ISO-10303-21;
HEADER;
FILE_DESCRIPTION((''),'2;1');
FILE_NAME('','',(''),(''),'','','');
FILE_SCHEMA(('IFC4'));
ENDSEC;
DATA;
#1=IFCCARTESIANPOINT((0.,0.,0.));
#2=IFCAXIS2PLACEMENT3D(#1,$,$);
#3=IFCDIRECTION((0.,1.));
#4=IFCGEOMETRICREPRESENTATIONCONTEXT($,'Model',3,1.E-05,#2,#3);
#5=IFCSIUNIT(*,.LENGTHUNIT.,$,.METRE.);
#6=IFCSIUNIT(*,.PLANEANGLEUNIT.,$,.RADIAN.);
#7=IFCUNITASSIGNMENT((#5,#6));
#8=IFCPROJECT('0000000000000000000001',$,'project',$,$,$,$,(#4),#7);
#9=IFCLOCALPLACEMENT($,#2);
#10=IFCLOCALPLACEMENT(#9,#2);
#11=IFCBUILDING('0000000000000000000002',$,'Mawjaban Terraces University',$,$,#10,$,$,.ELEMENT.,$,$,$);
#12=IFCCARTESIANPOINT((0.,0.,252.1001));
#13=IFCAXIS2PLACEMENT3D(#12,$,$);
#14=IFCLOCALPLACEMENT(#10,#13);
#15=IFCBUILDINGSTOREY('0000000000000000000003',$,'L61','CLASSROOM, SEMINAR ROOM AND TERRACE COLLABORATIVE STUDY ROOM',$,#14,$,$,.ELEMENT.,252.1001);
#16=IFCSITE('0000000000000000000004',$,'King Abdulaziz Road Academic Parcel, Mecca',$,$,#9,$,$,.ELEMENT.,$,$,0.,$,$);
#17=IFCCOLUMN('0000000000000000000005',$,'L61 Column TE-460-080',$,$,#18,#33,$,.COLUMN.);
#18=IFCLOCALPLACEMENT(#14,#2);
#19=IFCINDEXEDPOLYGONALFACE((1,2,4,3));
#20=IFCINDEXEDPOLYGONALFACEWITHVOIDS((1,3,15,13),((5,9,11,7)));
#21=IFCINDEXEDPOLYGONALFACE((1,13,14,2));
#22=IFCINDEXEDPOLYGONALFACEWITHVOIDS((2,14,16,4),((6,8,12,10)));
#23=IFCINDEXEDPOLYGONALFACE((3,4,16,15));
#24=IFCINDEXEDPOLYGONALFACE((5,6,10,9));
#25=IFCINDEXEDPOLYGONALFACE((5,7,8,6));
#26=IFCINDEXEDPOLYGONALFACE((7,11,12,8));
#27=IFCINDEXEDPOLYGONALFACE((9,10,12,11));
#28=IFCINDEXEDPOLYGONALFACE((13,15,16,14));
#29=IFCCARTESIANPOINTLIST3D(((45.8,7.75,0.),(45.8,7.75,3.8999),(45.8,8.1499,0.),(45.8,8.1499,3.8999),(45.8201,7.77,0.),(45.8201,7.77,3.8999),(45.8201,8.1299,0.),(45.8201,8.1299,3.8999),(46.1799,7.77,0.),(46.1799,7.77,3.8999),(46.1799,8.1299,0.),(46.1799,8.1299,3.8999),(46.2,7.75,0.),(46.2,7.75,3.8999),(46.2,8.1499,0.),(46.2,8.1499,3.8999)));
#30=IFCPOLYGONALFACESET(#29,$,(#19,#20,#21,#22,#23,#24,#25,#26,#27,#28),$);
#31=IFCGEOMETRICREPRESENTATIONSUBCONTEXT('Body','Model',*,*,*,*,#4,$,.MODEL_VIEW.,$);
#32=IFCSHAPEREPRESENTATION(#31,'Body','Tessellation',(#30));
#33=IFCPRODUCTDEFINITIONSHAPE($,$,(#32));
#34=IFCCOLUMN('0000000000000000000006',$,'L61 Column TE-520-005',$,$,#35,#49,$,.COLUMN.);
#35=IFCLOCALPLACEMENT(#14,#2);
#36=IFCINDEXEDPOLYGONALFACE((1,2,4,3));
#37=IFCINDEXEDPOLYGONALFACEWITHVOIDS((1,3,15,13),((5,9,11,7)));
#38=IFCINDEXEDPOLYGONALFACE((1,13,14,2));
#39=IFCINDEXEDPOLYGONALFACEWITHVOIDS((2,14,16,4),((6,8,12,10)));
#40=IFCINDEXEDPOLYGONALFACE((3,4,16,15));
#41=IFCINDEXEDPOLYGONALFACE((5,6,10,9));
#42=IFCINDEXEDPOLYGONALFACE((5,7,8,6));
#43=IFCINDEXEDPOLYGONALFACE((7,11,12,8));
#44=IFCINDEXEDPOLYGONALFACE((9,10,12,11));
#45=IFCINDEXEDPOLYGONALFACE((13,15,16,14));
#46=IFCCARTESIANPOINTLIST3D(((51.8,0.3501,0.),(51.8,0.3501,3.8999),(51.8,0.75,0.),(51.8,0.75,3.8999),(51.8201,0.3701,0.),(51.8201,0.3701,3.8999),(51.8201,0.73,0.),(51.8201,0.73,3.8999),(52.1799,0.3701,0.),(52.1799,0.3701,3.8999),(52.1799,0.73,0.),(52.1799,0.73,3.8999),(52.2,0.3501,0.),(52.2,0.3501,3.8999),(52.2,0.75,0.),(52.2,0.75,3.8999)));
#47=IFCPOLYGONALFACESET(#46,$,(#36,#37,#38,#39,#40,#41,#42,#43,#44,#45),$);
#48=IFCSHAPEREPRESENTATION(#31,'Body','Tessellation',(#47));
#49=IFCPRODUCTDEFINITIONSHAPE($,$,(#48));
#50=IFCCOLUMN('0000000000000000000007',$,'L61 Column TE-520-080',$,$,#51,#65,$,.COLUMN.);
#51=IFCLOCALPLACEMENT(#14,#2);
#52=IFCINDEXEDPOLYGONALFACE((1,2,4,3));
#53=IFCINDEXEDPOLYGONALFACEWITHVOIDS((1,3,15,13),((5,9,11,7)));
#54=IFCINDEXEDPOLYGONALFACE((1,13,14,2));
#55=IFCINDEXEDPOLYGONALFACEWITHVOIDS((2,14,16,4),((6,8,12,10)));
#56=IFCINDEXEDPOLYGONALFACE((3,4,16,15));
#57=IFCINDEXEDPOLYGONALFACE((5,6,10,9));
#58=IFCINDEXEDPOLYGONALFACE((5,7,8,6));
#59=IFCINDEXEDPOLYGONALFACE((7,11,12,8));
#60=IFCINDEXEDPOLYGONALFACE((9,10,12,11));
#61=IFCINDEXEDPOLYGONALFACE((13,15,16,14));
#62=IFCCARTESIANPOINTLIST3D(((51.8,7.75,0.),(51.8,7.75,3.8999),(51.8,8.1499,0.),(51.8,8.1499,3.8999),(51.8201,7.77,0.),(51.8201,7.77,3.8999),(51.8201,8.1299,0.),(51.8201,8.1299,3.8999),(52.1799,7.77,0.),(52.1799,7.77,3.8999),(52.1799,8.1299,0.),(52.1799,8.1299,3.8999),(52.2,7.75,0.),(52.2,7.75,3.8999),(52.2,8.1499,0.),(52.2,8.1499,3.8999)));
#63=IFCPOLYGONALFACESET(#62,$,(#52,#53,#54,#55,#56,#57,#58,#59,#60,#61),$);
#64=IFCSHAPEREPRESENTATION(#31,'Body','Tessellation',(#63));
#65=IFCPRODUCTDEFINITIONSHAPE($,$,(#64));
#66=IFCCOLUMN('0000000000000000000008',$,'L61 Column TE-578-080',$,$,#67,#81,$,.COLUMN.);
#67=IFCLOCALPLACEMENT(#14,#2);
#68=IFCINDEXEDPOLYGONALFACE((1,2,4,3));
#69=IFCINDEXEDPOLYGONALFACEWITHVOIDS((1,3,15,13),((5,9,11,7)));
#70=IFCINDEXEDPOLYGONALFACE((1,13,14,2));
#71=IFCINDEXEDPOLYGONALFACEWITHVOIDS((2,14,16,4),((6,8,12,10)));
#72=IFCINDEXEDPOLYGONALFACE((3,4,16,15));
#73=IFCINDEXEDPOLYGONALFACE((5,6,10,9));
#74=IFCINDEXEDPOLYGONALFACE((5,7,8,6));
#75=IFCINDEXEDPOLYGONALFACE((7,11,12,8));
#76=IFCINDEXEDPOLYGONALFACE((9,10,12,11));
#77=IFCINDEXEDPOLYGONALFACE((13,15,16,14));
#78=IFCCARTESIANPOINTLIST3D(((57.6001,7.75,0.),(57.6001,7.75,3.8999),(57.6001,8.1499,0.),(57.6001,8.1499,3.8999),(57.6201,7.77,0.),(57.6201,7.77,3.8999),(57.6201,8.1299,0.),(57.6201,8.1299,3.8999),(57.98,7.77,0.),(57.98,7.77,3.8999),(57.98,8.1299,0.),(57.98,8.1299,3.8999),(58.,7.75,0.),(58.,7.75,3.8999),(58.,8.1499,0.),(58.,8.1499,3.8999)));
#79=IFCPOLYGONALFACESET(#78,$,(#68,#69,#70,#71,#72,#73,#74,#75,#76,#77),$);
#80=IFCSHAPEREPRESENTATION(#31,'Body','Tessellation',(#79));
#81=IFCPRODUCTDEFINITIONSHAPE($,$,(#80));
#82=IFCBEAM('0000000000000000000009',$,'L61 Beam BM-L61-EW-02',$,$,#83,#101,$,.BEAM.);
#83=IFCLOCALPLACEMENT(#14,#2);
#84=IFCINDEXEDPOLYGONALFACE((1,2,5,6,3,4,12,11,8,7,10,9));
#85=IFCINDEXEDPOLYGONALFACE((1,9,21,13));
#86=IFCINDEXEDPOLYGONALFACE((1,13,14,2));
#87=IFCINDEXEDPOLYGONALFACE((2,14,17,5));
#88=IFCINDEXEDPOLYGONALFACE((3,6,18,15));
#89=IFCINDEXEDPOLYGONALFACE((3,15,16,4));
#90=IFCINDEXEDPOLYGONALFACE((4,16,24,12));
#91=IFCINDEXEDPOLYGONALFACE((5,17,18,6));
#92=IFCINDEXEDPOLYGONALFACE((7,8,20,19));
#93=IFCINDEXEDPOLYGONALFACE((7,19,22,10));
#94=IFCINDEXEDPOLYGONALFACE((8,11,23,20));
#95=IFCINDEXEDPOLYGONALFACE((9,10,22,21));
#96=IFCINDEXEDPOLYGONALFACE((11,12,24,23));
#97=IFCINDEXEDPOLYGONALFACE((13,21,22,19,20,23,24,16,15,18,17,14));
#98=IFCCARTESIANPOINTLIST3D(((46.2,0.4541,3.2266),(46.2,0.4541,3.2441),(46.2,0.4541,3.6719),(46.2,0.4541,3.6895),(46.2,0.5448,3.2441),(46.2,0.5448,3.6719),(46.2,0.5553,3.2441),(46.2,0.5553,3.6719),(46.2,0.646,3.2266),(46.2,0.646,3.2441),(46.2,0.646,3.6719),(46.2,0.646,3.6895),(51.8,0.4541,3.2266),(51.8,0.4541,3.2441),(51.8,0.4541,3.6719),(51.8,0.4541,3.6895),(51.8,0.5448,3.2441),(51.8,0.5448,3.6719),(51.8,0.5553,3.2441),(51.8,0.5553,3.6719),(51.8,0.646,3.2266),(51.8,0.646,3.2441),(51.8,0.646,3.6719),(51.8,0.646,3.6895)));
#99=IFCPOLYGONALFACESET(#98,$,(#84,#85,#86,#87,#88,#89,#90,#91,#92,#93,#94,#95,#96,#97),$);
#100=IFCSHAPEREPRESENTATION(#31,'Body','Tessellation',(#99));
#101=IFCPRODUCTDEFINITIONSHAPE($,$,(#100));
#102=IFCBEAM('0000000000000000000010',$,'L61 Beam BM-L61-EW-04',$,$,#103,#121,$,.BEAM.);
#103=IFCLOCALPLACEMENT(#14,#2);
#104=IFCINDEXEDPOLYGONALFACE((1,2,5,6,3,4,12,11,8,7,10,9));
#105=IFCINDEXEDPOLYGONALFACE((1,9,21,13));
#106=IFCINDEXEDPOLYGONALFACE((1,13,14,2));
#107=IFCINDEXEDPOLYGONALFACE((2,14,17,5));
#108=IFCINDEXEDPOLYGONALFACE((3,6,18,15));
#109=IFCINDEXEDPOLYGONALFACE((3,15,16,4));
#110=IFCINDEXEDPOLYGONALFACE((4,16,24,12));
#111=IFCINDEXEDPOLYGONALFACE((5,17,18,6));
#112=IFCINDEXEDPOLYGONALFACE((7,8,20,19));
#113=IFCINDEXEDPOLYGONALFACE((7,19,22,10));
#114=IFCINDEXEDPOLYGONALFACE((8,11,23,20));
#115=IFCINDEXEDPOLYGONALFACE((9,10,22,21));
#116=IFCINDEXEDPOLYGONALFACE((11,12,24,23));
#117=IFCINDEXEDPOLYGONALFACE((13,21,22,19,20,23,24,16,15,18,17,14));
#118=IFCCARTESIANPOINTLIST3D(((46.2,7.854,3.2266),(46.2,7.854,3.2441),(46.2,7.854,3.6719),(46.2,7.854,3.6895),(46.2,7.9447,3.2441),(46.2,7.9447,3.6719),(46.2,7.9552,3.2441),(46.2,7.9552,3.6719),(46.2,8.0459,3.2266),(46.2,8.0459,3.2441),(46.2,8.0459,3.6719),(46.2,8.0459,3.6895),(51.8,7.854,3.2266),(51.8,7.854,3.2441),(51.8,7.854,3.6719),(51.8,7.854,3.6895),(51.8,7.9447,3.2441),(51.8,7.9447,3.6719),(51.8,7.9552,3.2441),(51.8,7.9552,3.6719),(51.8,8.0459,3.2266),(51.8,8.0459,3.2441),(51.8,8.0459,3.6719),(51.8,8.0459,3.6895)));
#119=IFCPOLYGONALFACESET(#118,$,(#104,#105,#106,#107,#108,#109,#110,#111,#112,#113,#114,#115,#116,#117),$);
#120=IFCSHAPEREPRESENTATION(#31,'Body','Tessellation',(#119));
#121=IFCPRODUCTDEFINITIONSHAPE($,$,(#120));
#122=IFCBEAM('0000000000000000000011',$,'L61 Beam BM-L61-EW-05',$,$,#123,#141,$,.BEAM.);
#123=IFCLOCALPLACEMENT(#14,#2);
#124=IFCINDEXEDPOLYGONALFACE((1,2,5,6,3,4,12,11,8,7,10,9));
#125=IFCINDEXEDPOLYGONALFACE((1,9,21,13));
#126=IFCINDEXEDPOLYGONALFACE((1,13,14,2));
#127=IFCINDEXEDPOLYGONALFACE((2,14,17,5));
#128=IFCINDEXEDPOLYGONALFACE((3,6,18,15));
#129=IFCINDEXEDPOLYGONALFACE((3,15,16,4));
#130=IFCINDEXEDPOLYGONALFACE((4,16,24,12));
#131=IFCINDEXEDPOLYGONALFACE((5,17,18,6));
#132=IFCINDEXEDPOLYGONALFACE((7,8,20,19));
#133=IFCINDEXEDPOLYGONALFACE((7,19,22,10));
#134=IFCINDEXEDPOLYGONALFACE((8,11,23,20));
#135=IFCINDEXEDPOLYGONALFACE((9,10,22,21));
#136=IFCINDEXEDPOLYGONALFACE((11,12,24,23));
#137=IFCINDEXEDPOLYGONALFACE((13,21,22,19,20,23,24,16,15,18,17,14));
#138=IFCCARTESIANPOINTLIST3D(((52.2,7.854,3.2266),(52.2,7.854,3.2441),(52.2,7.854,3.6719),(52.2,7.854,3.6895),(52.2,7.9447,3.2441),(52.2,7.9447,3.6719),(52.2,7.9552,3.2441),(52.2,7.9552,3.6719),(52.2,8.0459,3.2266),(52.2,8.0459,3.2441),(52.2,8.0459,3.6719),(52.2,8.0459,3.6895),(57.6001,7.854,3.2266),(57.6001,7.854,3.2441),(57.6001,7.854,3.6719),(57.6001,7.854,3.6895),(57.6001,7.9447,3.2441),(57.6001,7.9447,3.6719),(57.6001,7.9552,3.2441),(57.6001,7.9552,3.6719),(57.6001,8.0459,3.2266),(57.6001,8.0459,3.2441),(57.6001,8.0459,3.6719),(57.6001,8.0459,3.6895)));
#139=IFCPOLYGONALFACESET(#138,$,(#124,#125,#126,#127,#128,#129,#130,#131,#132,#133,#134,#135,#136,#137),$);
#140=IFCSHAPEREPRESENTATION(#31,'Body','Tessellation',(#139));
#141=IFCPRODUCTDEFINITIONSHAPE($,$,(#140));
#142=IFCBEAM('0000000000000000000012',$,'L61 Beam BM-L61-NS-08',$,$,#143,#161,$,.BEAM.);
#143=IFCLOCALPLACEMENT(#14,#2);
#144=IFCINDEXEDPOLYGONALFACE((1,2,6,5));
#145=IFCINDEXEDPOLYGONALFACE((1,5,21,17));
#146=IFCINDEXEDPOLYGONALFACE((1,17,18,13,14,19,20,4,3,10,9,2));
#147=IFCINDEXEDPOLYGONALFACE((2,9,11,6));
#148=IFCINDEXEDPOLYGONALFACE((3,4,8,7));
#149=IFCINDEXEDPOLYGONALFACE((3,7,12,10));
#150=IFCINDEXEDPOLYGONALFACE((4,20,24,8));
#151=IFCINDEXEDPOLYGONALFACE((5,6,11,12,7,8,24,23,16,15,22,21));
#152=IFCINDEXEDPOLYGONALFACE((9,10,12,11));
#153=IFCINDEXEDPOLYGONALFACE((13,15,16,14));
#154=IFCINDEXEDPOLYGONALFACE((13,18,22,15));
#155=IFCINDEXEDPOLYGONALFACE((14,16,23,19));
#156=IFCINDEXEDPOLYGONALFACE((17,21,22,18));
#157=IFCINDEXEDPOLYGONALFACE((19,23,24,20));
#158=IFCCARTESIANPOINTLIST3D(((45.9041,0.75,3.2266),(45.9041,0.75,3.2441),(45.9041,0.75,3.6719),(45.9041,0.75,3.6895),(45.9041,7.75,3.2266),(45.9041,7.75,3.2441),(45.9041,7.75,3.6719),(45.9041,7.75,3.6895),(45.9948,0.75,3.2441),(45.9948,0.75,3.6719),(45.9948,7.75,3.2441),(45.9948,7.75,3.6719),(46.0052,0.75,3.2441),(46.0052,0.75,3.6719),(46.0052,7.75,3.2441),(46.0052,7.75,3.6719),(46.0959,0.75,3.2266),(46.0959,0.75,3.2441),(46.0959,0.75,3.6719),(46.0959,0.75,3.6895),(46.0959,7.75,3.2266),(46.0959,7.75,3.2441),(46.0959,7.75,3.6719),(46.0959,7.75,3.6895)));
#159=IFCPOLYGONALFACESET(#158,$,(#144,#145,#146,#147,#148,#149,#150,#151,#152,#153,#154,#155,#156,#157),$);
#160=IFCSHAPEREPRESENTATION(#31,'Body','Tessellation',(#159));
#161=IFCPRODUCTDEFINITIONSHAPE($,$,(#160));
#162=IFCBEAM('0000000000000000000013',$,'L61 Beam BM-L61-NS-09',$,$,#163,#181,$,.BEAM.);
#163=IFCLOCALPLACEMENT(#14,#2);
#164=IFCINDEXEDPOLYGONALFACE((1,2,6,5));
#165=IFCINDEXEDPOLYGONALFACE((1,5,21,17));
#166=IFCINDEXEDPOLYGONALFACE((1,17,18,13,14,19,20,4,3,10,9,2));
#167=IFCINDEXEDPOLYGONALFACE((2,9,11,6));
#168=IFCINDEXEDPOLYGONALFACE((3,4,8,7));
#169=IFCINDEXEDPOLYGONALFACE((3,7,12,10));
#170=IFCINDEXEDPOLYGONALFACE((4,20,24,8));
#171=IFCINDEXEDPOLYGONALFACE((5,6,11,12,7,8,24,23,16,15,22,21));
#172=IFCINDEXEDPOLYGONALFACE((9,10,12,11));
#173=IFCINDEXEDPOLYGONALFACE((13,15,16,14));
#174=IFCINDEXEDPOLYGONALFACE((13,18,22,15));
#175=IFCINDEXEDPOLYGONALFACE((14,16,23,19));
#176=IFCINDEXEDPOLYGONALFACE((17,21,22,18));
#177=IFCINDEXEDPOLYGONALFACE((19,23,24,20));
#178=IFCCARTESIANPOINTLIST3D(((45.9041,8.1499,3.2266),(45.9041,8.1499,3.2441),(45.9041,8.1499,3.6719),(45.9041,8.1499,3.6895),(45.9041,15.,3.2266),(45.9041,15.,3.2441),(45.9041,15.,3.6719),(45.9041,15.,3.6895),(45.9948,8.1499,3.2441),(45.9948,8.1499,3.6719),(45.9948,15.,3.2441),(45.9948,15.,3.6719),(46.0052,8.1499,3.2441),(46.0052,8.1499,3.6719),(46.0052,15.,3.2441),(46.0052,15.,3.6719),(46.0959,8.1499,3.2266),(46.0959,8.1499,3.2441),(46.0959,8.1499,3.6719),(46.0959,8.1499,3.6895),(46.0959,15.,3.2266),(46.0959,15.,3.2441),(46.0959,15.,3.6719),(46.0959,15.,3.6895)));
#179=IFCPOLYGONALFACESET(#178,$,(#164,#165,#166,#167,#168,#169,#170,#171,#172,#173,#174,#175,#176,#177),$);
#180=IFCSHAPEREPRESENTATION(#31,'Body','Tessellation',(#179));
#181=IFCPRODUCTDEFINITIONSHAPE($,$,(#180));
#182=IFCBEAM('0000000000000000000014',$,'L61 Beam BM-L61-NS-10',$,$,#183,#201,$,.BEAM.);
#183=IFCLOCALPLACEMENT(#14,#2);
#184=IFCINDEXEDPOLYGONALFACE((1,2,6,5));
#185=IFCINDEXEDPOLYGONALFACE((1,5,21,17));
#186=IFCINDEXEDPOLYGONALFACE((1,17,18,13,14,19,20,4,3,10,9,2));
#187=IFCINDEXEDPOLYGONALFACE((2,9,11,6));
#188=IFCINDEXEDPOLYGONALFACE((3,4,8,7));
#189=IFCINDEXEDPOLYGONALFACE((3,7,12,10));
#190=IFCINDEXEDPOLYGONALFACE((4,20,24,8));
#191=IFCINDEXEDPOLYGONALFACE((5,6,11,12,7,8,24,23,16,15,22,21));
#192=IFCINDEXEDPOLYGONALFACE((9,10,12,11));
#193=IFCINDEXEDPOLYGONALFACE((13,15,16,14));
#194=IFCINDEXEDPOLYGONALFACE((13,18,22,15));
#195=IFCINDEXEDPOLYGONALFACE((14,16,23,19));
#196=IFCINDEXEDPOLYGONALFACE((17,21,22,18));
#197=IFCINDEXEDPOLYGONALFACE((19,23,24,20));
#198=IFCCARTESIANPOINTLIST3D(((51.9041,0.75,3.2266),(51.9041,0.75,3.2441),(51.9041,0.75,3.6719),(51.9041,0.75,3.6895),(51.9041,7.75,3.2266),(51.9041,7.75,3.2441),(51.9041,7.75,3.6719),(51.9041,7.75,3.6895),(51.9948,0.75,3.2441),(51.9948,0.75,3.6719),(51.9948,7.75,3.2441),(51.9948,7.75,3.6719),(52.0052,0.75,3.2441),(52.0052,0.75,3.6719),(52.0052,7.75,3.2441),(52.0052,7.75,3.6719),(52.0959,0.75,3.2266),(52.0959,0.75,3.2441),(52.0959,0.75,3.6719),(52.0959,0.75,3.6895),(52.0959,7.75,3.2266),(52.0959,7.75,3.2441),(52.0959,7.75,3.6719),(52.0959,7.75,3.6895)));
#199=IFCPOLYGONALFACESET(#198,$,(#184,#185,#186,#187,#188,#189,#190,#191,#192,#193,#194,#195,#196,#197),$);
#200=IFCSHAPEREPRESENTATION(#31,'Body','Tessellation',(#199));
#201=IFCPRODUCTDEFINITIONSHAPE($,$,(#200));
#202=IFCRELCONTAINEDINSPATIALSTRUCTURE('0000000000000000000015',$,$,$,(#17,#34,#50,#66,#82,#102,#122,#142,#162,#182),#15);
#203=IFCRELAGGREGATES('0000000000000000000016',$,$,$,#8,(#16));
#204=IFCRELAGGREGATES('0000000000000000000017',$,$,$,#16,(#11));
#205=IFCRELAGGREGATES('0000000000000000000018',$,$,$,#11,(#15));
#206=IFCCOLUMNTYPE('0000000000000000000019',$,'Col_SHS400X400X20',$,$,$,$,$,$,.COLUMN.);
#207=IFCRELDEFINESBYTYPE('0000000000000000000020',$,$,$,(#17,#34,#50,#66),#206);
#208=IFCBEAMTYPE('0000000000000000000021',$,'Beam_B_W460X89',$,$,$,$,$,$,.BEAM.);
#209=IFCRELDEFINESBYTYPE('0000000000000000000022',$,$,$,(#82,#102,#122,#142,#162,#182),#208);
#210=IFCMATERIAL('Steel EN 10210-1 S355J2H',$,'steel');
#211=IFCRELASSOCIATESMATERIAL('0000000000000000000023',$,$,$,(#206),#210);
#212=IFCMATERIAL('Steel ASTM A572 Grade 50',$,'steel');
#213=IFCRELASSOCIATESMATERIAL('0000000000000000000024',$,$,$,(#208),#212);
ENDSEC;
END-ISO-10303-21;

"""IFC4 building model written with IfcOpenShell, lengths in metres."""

from ifc_helpers import new_model, si_unit, direction, frame, origin, origin_2d, place, context, subcontext, project, spatial, hollow_rectangle, i_section, extrude, material, material_profile, profile_set, type_object, element, save


model = new_model("IFC4")

# Units and contexts
model_context = context("Model", 3, precision=1e-05, world=origin(), true_north=direction((0.0, 1.0)))
body_context = subcontext(model_context, "Body", "Model", "MODEL_VIEW")
ifc_project = project(units=[si_unit("LENGTHUNIT", "METRE"), si_unit("PLANEANGLEUNIT", "RADIAN")], contexts=[model_context])

# Site, building, storey
site_placement = place(None, origin())
site = spatial("IfcSite", under=ifc_project, at=site_placement, Name="King Abdulaziz Road Academic Parcel, Mecca", CompositionType="ELEMENT", RefElevation=0.0)
building_placement = place(site_placement, origin())
building = spatial("IfcBuilding", under=site, at=building_placement, Name="Mawjaban Terraces University", CompositionType="ELEMENT")
storey_placement = place(building_placement, frame((0.0, 0.0, 252.1001)))
storey = spatial("IfcBuildingStorey", under=building, at=storey_placement, Name="L61", Description="CLASSROOM, SEMINAR ROOM AND TERRACE COLLABORATIVE STUDY ROOM", CompositionType="ELEMENT", Elevation=252.1001)

# Columns
ifc_material_1 = material(Name="Steel EN 10210-1 S355J2H", Category="steel")
ifc_material_profile_1 = material_profile(ifc_material_1, hollow_rectangle(XDim=0.3999, YDim=0.3999, WallThickness=0.02, at=origin_2d()), Name="SHS400X400X20")
ifc_profile_set_1 = profile_set([ifc_material_profile_1], Name="Steel EN 10210-1 S355J2H")
column_type = type_object("IfcColumnType", Name="Col_SHS400X400X20", PredefinedType="COLUMN", material=ifc_profile_set_1)
for number, where, z_axis, x_axis, name in (
    (1, (46.0, 7.95, 0.0), (0.0, 0.0, 1.0), (1.0, 0.0, 0.0), "L61 Column TE-460-080"),
    (2, (52.0, 0.55, 0.0), (0.0, 0.0, 1.0), (1.0, 0.0, 0.0), "L61 Column TE-520-005"),
    (3, (52.0, 7.95, 0.0), (0.0, 0.0, 1.0), (1.0, 0.0, 0.0), "L61 Column TE-520-080"),
    (4, (57.8, 7.95, 0.0), (0.0, 0.0, 1.0), (1.0, 0.0, 0.0), "L61 Column TE-578-080"),
):
    element("IfcColumn", number, at=place(storey_placement, frame(where, z_axis=z_axis, x_axis=x_axis)), inside=storey, type_object=column_type, Name=name, PredefinedType="COLUMN", context=body_context, shape_type="SweptSolid", body=[
        extrude(hollow_rectangle(XDim=0.3999, YDim=0.3999, WallThickness=0.02, at=origin_2d()), origin(), (0.0, 0.0, 1.0), 3.8999),
    ])

# Beams
ifc_material_2 = material(Name="Steel ASTM A572 Grade 50", Category="steel")
ifc_material_profile_2 = material_profile(ifc_material_2, i_section(OverallWidth=0.1919, OverallDepth=0.4629, WebThickness=0.0105, FlangeThickness=0.0176, at=origin_2d()), Name="W460X89")
ifc_profile_set_2 = profile_set([ifc_material_profile_2], Name="Steel ASTM A572 Grade 50")
beam_type_1 = type_object("IfcBeamType", Name="Beam_B_W460X89", PredefinedType="BEAM", material=ifc_profile_set_2)
for number, where, z_axis, x_axis, name in (
    (5, (46.2, 0.55, 3.458), (1.0, 0.0, 0.0), (0.0, 1.0, 0.0), "L61 Beam BM-L61-EW-02"),
    (6, (46.2, 7.95, 3.458), (1.0, 0.0, 0.0), (0.0, 1.0, 0.0), "L61 Beam BM-L61-EW-04"),
):
    element("IfcBeam", number, at=place(storey_placement, frame(where, z_axis=z_axis, x_axis=x_axis)), inside=storey, type_object=beam_type_1, Name=name, PredefinedType="BEAM", context=body_context, shape_type="SweptSolid", body=[
        extrude(i_section(OverallWidth=0.1919, OverallDepth=0.4629, WebThickness=0.0105, FlangeThickness=0.0176, at=origin_2d()), origin(), (0.0, 0.0, 1.0), 5.6001),
    ])
beam_1_placement = place(storey_placement, frame((52.2, 7.95, 3.458), z_axis=(1.0, 0.0, 0.0), x_axis=(0.0, 1.0, 0.0)))
element("IfcBeam", 7, at=beam_1_placement, inside=storey, type_object=beam_type_1, Name="L61 Beam BM-L61-EW-05", PredefinedType="BEAM", context=body_context, shape_type="SweptSolid", body=[
    extrude(i_section(OverallWidth=0.1919, OverallDepth=0.4629, WebThickness=0.0105, FlangeThickness=0.0176, at=origin_2d()), origin(), (0.0, 0.0, 1.0), 5.4001),
])
beam_2_placement = place(storey_placement, frame((46.0, 0.75, 3.458), z_axis=(0.0, 1.0, 0.0), x_axis=(-1.0, 0.0, 0.0)))
element("IfcBeam", 8, at=beam_2_placement, inside=storey, type_object=beam_type_1, Name="L61 Beam BM-L61-NS-08", PredefinedType="BEAM", context=body_context, shape_type="SweptSolid", body=[
    extrude(i_section(OverallWidth=0.1919, OverallDepth=0.4629, WebThickness=0.0105, FlangeThickness=0.0176, at=origin_2d()), origin(), (0.0, 0.0, 1.0), 7.0),
])
beam_3_placement = place(storey_placement, frame((46.0, 8.1499, 3.458), z_axis=(0.0, 1.0, 0.0), x_axis=(-1.0, 0.0, 0.0)))
element("IfcBeam", 9, at=beam_3_placement, inside=storey, type_object=beam_type_1, Name="L61 Beam BM-L61-NS-09", PredefinedType="BEAM", context=body_context, shape_type="SweptSolid", body=[
    extrude(i_section(OverallWidth=0.1919, OverallDepth=0.4629, WebThickness=0.0105, FlangeThickness=0.0176, at=origin_2d()), origin(), (0.0, 0.0, 1.0), 6.8501),
])
beam_4_placement = place(storey_placement, frame((52.0, 0.75, 3.458), z_axis=(0.0, 1.0, 0.0), x_axis=(-1.0, 0.0, 0.0)))
element("IfcBeam", 10, at=beam_4_placement, inside=storey, type_object=beam_type_1, Name="L61 Beam BM-L61-NS-10", PredefinedType="BEAM", context=body_context, shape_type="SweptSolid", body=[
    extrude(i_section(OverallWidth=0.1919, OverallDepth=0.4629, WebThickness=0.0105, FlangeThickness=0.0176, at=origin_2d()), origin(), (0.0, 0.0, 1.0), 7.0),
])

save(model, "model.ifc")
